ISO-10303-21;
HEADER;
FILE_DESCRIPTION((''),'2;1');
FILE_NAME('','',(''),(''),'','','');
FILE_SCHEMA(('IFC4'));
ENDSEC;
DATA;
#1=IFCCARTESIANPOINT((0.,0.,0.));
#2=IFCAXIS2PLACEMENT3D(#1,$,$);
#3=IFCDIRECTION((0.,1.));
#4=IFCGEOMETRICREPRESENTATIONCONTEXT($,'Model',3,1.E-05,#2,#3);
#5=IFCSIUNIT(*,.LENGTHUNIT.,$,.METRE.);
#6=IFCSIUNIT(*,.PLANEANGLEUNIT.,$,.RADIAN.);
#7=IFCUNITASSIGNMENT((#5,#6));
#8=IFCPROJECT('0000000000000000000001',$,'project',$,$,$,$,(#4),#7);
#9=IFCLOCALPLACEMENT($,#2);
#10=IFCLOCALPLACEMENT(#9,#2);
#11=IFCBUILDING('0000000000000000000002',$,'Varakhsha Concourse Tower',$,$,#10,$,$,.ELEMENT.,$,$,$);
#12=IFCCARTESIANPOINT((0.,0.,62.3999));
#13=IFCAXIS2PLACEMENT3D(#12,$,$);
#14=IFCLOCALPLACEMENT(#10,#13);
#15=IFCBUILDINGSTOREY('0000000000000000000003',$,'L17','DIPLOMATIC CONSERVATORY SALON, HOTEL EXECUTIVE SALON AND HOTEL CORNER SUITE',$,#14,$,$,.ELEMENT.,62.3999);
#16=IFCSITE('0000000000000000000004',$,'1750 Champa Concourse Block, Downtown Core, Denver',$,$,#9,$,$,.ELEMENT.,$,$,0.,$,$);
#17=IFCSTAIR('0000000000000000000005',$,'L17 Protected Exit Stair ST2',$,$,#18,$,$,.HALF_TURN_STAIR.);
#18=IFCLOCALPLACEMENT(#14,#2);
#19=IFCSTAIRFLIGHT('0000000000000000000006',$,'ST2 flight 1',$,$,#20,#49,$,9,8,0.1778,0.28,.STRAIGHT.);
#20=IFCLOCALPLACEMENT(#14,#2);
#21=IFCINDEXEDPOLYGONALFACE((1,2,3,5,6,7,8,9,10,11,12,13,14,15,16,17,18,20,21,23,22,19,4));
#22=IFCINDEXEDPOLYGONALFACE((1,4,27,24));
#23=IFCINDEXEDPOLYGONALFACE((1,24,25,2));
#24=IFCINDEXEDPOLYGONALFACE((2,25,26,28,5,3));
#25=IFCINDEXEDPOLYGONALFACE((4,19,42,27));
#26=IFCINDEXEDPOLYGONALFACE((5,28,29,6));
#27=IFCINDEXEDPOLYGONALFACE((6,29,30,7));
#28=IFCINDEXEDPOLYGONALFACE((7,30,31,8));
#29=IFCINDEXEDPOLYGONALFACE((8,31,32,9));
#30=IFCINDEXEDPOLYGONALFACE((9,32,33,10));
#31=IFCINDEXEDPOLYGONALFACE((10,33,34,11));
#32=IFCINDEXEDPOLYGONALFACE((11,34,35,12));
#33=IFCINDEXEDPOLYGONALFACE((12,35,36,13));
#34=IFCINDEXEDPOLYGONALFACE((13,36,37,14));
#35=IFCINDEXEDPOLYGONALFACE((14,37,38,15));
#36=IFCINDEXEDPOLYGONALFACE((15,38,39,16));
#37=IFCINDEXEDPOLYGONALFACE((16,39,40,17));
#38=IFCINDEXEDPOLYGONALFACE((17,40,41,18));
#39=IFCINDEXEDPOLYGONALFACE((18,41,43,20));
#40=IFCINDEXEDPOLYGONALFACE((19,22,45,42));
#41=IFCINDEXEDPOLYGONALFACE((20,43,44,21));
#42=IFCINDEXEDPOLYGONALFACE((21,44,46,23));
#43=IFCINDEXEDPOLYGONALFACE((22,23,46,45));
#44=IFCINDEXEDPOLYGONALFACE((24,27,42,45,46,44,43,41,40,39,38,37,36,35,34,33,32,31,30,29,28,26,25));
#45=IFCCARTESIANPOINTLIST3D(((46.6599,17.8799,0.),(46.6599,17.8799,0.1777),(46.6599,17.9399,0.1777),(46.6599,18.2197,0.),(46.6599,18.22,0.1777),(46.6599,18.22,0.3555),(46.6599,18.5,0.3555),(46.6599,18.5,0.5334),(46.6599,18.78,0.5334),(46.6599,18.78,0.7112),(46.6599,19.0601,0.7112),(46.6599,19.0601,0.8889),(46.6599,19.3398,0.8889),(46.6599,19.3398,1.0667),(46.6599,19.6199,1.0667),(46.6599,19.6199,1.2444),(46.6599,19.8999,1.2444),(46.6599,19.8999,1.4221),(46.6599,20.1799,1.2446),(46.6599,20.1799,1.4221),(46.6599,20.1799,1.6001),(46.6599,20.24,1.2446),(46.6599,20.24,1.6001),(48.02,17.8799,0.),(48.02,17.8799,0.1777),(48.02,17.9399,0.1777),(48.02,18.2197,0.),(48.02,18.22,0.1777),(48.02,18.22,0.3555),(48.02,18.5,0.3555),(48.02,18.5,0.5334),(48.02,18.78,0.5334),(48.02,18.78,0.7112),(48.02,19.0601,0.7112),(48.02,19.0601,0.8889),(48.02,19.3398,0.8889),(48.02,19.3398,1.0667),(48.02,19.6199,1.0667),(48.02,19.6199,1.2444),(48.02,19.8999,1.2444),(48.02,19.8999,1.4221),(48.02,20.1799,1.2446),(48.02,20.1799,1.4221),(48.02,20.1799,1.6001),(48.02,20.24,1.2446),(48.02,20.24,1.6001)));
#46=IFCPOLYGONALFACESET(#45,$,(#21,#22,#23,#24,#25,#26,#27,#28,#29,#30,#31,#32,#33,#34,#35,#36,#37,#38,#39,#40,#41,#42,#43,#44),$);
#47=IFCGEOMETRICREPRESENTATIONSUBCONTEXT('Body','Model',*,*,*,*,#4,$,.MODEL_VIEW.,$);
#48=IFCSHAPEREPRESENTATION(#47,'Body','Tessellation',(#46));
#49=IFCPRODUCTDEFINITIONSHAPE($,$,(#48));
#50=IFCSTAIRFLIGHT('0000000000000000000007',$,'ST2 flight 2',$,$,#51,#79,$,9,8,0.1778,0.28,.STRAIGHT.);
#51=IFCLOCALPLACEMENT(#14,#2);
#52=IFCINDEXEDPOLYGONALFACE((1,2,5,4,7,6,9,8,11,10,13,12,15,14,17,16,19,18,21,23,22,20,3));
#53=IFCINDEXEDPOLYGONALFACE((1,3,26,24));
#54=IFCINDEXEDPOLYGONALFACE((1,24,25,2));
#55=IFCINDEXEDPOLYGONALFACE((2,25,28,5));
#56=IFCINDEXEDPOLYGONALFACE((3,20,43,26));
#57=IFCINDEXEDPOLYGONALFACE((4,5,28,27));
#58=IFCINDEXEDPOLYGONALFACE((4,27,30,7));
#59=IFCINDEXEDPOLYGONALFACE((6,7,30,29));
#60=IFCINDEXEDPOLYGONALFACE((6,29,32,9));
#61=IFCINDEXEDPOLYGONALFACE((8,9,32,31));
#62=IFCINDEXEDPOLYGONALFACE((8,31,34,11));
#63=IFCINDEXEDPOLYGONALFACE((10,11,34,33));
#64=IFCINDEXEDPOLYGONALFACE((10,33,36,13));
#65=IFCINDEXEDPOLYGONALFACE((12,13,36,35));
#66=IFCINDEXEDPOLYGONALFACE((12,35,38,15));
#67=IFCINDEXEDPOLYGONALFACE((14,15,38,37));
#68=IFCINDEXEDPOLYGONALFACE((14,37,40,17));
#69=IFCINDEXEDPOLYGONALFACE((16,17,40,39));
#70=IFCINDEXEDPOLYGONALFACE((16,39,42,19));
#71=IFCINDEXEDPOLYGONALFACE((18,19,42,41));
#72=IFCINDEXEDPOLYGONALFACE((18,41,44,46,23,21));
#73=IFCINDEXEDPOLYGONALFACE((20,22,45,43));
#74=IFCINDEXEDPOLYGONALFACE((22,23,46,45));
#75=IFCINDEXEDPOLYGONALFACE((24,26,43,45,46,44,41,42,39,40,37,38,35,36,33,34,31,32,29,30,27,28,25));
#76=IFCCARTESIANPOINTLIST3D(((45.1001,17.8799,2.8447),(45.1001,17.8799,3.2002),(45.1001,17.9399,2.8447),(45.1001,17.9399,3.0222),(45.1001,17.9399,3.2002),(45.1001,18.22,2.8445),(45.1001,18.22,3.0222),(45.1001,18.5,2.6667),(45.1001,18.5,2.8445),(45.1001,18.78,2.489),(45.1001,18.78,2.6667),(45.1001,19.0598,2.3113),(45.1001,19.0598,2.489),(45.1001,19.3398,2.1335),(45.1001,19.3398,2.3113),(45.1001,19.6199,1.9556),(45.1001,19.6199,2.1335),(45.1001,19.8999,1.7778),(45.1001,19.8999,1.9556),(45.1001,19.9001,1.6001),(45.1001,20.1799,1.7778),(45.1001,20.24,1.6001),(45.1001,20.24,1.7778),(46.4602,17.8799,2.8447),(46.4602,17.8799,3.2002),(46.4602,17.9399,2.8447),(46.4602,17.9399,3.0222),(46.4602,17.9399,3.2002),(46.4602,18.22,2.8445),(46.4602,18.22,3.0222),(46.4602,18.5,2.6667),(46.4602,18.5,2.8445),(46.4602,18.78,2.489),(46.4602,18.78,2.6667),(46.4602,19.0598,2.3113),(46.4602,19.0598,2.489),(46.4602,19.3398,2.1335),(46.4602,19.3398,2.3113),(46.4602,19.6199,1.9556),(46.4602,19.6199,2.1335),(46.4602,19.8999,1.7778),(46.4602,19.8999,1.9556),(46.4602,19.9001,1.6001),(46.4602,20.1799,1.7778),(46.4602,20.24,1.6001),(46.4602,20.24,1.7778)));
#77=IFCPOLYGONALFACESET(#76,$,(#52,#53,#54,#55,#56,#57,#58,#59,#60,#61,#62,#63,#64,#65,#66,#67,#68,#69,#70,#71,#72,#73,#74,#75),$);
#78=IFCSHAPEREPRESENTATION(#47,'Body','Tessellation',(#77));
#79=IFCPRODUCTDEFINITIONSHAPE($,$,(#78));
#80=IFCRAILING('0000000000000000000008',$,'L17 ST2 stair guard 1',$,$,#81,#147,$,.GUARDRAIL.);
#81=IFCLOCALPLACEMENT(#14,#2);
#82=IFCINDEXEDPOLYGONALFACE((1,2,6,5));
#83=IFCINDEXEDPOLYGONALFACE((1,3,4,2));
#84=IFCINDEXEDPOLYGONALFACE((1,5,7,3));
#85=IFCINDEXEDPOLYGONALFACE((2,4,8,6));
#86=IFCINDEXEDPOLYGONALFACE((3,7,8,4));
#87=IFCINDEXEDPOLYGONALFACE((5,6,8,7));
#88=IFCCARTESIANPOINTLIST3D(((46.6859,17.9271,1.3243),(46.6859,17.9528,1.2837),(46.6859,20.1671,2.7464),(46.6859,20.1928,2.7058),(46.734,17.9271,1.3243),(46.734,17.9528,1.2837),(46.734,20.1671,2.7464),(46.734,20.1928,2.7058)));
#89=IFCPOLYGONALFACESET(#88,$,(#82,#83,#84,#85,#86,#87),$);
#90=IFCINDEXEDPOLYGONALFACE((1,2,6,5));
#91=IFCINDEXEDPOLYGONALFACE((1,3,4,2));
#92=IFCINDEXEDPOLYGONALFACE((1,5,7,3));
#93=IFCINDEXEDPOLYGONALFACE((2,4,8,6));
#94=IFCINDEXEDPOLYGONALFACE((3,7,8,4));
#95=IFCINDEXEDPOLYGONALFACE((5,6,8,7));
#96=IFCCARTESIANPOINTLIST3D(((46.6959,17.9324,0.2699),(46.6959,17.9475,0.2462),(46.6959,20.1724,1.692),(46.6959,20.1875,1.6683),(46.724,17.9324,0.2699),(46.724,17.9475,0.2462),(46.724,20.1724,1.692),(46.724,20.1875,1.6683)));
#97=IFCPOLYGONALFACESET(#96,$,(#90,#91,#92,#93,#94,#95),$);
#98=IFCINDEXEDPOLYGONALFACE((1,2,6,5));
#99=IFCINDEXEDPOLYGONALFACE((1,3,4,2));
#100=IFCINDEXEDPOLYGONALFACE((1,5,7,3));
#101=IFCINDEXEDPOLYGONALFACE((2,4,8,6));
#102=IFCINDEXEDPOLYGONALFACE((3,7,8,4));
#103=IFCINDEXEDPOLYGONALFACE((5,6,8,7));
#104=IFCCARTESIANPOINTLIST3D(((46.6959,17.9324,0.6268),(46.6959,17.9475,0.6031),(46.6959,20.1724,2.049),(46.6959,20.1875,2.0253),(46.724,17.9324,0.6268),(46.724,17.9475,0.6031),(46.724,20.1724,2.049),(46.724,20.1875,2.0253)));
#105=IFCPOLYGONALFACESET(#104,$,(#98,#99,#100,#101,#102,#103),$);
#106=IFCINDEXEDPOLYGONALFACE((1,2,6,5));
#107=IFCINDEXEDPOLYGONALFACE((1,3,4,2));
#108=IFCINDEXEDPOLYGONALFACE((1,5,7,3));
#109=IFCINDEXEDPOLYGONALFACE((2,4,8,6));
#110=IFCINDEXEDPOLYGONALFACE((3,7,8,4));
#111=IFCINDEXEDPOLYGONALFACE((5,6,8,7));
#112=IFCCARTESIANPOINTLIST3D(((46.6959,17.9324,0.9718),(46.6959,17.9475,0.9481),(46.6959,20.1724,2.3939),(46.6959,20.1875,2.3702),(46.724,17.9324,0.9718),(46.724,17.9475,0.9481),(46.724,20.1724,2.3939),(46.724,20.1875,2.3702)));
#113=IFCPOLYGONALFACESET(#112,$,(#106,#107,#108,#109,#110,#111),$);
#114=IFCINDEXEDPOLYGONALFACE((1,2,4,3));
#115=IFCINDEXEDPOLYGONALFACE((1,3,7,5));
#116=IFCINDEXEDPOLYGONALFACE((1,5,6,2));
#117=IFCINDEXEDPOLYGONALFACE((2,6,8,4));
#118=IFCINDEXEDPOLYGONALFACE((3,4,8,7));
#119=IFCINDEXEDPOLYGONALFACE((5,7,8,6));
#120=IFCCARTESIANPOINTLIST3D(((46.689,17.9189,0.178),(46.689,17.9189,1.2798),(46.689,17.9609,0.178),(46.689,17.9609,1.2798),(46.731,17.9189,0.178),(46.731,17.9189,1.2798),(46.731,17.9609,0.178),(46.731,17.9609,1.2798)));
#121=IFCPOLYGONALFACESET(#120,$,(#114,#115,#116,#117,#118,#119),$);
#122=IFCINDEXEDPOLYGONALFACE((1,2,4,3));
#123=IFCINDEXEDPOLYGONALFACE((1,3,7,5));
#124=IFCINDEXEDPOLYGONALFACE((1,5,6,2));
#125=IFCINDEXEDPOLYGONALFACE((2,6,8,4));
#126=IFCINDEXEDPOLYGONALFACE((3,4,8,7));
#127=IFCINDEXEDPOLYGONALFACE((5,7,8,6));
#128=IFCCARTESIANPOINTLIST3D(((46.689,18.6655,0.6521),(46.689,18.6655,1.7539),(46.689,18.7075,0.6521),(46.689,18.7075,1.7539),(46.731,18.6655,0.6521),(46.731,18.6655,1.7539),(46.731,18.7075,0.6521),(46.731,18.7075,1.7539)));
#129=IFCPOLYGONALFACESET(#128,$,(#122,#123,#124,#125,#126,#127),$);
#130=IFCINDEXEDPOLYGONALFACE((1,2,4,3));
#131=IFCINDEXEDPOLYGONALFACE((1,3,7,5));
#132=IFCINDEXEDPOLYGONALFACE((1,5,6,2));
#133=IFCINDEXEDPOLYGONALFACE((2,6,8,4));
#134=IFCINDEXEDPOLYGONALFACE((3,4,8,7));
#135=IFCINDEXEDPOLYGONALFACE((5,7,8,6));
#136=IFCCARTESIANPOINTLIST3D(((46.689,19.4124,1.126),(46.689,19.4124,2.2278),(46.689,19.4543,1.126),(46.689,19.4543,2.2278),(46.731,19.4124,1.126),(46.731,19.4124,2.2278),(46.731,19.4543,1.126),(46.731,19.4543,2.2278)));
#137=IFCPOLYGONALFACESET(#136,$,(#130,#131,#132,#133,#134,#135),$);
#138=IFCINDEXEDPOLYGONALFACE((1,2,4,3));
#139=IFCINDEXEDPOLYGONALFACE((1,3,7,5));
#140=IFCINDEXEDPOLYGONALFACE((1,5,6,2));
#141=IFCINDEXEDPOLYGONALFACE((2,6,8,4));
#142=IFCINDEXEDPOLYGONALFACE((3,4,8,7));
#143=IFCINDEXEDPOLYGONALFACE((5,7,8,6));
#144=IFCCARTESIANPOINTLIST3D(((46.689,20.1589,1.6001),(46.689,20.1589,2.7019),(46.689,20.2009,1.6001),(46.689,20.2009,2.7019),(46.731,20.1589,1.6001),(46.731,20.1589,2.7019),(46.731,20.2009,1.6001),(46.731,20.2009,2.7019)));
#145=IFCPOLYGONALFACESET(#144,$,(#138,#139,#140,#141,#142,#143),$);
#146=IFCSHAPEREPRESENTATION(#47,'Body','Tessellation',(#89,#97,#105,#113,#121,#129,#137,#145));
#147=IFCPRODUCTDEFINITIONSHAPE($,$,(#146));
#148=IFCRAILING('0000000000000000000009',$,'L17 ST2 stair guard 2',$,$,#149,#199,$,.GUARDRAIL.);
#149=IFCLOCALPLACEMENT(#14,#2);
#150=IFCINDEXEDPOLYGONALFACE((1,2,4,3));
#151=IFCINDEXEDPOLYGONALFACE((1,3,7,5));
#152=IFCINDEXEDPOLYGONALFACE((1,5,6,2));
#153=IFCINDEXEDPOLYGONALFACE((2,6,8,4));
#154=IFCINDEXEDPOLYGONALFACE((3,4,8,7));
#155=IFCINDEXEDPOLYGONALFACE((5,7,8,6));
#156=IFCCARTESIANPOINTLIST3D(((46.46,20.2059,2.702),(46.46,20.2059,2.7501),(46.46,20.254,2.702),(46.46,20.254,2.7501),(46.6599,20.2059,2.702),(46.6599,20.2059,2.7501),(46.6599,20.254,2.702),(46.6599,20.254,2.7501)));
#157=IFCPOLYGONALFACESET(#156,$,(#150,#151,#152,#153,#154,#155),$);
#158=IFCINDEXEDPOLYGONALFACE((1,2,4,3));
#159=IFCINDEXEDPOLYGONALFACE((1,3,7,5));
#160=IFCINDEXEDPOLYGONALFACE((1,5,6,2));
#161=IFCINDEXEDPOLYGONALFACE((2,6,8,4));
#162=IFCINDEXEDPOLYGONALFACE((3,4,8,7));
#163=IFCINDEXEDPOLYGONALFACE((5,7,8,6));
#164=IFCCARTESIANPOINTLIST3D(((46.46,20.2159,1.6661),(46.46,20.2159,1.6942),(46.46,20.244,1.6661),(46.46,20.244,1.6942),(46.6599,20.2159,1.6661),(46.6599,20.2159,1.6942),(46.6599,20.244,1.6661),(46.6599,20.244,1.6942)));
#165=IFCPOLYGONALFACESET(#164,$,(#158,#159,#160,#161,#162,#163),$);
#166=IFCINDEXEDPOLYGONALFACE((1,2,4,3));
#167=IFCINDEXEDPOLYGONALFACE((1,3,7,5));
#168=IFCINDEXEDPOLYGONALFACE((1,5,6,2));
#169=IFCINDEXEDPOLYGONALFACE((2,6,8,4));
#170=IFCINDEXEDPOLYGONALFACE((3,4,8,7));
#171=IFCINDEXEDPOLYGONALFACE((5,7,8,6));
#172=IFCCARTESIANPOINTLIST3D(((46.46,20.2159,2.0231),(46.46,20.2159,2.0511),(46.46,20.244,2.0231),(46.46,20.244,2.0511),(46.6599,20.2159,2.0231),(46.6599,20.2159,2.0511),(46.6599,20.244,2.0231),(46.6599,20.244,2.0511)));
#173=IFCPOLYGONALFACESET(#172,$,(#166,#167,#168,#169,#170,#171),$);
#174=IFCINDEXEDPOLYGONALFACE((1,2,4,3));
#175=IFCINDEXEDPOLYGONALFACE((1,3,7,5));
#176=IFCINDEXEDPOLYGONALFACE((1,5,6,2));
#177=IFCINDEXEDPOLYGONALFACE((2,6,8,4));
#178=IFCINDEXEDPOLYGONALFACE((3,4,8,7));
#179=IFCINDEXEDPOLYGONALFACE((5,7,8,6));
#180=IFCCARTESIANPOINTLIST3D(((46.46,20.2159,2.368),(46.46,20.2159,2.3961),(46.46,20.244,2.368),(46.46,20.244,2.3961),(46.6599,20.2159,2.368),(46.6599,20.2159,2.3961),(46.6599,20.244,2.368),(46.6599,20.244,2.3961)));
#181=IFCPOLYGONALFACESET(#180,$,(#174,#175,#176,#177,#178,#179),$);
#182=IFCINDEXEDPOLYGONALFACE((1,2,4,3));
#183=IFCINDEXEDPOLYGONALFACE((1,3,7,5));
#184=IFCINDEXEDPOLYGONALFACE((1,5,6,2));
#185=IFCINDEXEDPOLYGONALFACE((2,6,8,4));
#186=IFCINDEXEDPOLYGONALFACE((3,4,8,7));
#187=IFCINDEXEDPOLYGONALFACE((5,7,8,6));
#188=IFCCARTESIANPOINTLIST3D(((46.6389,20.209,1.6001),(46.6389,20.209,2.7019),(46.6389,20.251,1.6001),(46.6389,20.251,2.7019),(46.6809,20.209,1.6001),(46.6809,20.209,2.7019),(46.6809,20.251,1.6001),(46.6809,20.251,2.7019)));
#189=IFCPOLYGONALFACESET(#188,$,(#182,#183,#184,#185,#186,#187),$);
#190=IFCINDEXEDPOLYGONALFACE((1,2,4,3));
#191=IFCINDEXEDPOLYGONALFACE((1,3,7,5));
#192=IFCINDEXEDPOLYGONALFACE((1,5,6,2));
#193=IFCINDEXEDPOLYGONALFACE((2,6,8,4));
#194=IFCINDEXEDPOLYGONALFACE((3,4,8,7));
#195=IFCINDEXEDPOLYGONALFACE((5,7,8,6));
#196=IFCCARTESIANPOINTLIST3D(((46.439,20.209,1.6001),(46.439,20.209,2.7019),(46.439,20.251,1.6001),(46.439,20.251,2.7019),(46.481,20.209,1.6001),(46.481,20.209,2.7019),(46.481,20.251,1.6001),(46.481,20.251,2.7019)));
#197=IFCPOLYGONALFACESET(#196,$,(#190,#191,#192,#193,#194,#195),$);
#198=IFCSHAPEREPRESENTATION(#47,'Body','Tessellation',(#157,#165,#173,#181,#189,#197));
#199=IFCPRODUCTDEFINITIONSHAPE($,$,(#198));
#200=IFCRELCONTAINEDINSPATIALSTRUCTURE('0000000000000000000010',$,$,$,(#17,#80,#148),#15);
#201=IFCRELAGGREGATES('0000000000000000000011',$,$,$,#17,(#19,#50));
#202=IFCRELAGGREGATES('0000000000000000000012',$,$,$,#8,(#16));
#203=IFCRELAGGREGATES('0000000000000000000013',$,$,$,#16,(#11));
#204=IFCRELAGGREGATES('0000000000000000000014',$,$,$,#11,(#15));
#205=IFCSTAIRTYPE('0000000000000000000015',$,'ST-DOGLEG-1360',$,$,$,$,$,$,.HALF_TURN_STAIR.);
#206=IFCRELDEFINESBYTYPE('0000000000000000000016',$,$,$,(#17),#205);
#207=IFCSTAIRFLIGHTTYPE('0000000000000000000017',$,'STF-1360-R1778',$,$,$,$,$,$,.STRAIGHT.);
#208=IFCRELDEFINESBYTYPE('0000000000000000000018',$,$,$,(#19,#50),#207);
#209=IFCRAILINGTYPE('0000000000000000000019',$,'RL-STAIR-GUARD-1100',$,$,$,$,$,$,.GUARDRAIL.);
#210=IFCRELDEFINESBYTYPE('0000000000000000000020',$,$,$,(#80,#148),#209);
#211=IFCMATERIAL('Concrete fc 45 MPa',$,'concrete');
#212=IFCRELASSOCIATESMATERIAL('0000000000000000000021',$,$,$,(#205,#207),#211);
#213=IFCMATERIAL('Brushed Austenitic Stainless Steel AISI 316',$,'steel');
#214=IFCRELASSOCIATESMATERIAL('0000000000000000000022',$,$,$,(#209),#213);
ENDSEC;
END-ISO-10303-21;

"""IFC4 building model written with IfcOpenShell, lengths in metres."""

from ifc_helpers import new_model, si_unit, direction, frame, origin, origin_2d, place, context, subcontext, project, spatial, polyline, rectangle, outline, extrude, material, type_object, element, aggregate, save


model = new_model("IFC4")

# Units and contexts
model_context = context("Model", 3, precision=1e-05, world=origin(), true_north=direction((0.0, 1.0)))
body_context = subcontext(model_context, "Body", "Model", "MODEL_VIEW")
ifc_project = project(units=[si_unit("LENGTHUNIT", "METRE"), si_unit("PLANEANGLEUNIT", "RADIAN")], contexts=[model_context])

# Site, building, storey
site_placement = place(None, origin())
site = spatial("IfcSite", under=ifc_project, at=site_placement, Name="1750 Champa Concourse Block, Downtown Core, Denver", CompositionType="ELEMENT", RefElevation=0.0)
building_placement = place(site_placement, origin())
building = spatial("IfcBuilding", under=site, at=building_placement, Name="Varakhsha Concourse Tower", CompositionType="ELEMENT")
storey_placement = place(building_placement, frame((0.0, 0.0, 62.3999)))
storey = spatial("IfcBuildingStorey", under=building, at=storey_placement, Name="L17", Description="DIPLOMATIC CONSERVATORY SALON, HOTEL EXECUTIVE SALON AND HOTEL CORNER SUITE", CompositionType="ELEMENT", Elevation=62.3999)

# Stair, stair flights
ifc_material_1 = material(Name="Concrete fc 45 MPa", Category="concrete")
stair_type = type_object("IfcStairType", Name="ST-DOGLEG-1360", PredefinedType="HALF_TURN_STAIR", material=ifc_material_1)
stair_placement = place(storey_placement, origin())
stair = element("IfcStair", 1, at=stair_placement, inside=storey, type_object=stair_type, Name="L17 Protected Exit Stair ST2", PredefinedType="HALF_TURN_STAIR")
stair_flight_type = type_object("IfcStairFlightType", Name="STF-1360-R1778", PredefinedType="STRAIGHT", material=ifc_material_1)
stair_flight_1_placement = place(storey_placement, frame((47.3401, 17.9399, 0.0), z_axis=(0.0, 0.0, 1.0), x_axis=(0.0, 1.0, 0.0)))
stair_flight_1 = element("IfcStairFlight", 2, at=stair_flight_1_placement, type_object=stair_flight_type, Name="ST2 flight 1", NumberOfRisers=9, NumberOfTreads=8, PredefinedType="STRAIGHT", RiserHeight=0.1778, TreadLength=0.28, context=body_context, shape_type="SweptSolid", body=[
    extrude(outline(polyline([(-0.0601, 0.0), (-0.0601, 0.1777), (0.0, 0.1777), (0.28, 0.1777), (0.28, 0.3555), (0.5601, 0.3555), (0.5601, 0.5334), (0.8401, 0.5334), (0.8401, 0.7112), (1.1201, 0.7112), (1.1201, 0.8889), (1.3999, 0.8889), (1.3999, 1.0667), (1.6799, 1.0667), (1.6799, 1.2444), (1.96, 1.2444), (1.96, 1.4221), (2.24, 1.4221), (2.24, 1.6001), (2.3, 1.6001), (2.3, 1.2446), (2.24, 1.2446), (0.2798, 0.0), (-0.0601, 0.0)])), frame((0.0, 0.6802, 0.0), z_axis=(0.0, -1.0, 0.0), x_axis=(1.0, 0.0, 0.0)), (0.0, 0.0, 1.0), 1.3601),
])
stair_flight_2_placement = place(storey_placement, frame((45.78, 20.1799, 1.6001), z_axis=(0.0, 0.0, 1.0), x_axis=(0.0, -1.0, 0.0)))
stair_flight_2 = element("IfcStairFlight", 3, at=stair_flight_2_placement, type_object=stair_flight_type, Name="ST2 flight 2", NumberOfRisers=9, NumberOfTreads=8, PredefinedType="STRAIGHT", RiserHeight=0.1778, TreadLength=0.28, context=body_context, shape_type="SweptSolid", body=[
    extrude(outline(polyline([(-0.0601, 0.0), (-0.0601, 0.1777), (0.0, 0.1777), (0.28, 0.1777), (0.28, 0.3555), (0.5601, 0.3555), (0.5601, 0.5334), (0.8401, 0.5334), (0.8401, 0.7112), (1.1201, 0.7112), (1.1201, 0.8889), (1.3999, 0.8889), (1.3999, 1.0667), (1.6799, 1.0667), (1.6799, 1.2444), (1.96, 1.2444), (1.96, 1.4221), (2.24, 1.4221), (2.24, 1.6001), (2.3, 1.6001), (2.3, 1.2446), (2.24, 1.2446), (0.2798, 0.0), (-0.0601, 0.0)])), frame((0.0, 0.6802, 0.0), z_axis=(0.0, -1.0, 0.0), x_axis=(1.0, 0.0, 0.0)), (0.0, 0.0, 1.0), 1.3601),
])
aggregate(stair, [stair_flight_1, stair_flight_2])

# Railings
ifc_material_2 = material(Name="Brushed Austenitic Stainless Steel AISI 316", Category="steel")
railing_type_1 = type_object("IfcRailingType", Name="RL-STAIR-GUARD-1100", PredefinedType="GUARDRAIL", material=ifc_material_2)
railing_1_placement = place(storey_placement, frame((46.71, 17.9399, 0.178)))
element("IfcRailing", 4, at=railing_1_placement, inside=storey, type_object=railing_type_1, Name="L17 ST2 stair guard 1", PredefinedType="GUARDRAIL", context=body_context, shape_type="SweptSolid", body=[
    extrude(rectangle(XDim=0.0481, YDim=0.0481, at=origin_2d()), frame((0.0, 0.0, 1.126), z_axis=(0.0, 0.844229, 0.535982), x_axis=(-1.0, 0.0, 0.0)), (0.0, 0.0, 1.0), 2.6533),
    extrude(rectangle(XDim=0.0281, YDim=0.0281, at=origin_2d()), frame((0.0, 0.0, 0.0801), z_axis=(0.0, 0.844229, 0.535982), x_axis=(-1.0, 0.0, 0.0)), (0.0, 0.0, 1.0), 2.6533),
    extrude(rectangle(XDim=0.0281, YDim=0.0281, at=origin_2d()), frame((0.0, 0.0, 0.437), z_axis=(0.0, 0.844229, 0.535982), x_axis=(-1.0, 0.0, 0.0)), (0.0, 0.0, 1.0), 2.6533),
    extrude(rectangle(XDim=0.0281, YDim=0.0281, at=origin_2d()), frame((0.0, 0.0, 0.782), z_axis=(0.0, 0.844229, 0.535982), x_axis=(-1.0, 0.0, 0.0)), (0.0, 0.0, 1.0), 2.6533),
    extrude(rectangle(XDim=0.042, YDim=0.042, at=origin_2d()), origin(), (0.0, 0.0, 1.0), 1.1018),
    extrude(rectangle(XDim=0.042, YDim=0.042, at=origin_2d()), frame((0.0, 0.7466, 0.4741)), (0.0, 0.0, 1.0), 1.1018),
    extrude(rectangle(XDim=0.042, YDim=0.042, at=origin_2d()), frame((0.0, 1.4934, 0.948)), (0.0, 0.0, 1.0), 1.1018),
    extrude(rectangle(XDim=0.042, YDim=0.042, at=origin_2d()), frame((0.0, 2.24, 1.4221)), (0.0, 0.0, 1.0), 1.1018),
])
railing_2_placement = place(storey_placement, frame((46.6599, 20.23, 1.6001)))
element("IfcRailing", 5, at=railing_2_placement, inside=storey, type_object=railing_type_1, Name="L17 ST2 stair guard 2", PredefinedType="GUARDRAIL", context=body_context, shape_type="SweptSolid", body=[
    extrude(rectangle(XDim=0.0481, YDim=0.0481, at=origin_2d()), frame((0.0, 0.0, 1.126), z_axis=(-1.0, 0.0, 0.0), x_axis=(0.0, -1.0, 0.0)), (0.0, 0.0, 1.0), 0.2),
    extrude(rectangle(XDim=0.0281, YDim=0.0281, at=origin_2d()), frame((0.0, 0.0, 0.0801), z_axis=(-1.0, 0.0, 0.0), x_axis=(0.0, -1.0, 0.0)), (0.0, 0.0, 1.0), 0.2),
    extrude(rectangle(XDim=0.0281, YDim=0.0281, at=origin_2d()), frame((0.0, 0.0, 0.437), z_axis=(-1.0, 0.0, 0.0), x_axis=(0.0, -1.0, 0.0)), (0.0, 0.0, 1.0), 0.2),
    extrude(rectangle(XDim=0.0281, YDim=0.0281, at=origin_2d()), frame((0.0, 0.0, 0.782), z_axis=(-1.0, 0.0, 0.0), x_axis=(0.0, -1.0, 0.0)), (0.0, 0.0, 1.0), 0.2),
    extrude(rectangle(XDim=0.042, YDim=0.042, at=origin_2d()), origin(), (0.0, 0.0, 1.0), 1.1018),
    extrude(rectangle(XDim=0.042, YDim=0.042, at=origin_2d()), frame((-0.2, 0.0, 0.0)), (0.0, 0.0, 1.0), 1.1018),
])

save(model, "model.ifc")
